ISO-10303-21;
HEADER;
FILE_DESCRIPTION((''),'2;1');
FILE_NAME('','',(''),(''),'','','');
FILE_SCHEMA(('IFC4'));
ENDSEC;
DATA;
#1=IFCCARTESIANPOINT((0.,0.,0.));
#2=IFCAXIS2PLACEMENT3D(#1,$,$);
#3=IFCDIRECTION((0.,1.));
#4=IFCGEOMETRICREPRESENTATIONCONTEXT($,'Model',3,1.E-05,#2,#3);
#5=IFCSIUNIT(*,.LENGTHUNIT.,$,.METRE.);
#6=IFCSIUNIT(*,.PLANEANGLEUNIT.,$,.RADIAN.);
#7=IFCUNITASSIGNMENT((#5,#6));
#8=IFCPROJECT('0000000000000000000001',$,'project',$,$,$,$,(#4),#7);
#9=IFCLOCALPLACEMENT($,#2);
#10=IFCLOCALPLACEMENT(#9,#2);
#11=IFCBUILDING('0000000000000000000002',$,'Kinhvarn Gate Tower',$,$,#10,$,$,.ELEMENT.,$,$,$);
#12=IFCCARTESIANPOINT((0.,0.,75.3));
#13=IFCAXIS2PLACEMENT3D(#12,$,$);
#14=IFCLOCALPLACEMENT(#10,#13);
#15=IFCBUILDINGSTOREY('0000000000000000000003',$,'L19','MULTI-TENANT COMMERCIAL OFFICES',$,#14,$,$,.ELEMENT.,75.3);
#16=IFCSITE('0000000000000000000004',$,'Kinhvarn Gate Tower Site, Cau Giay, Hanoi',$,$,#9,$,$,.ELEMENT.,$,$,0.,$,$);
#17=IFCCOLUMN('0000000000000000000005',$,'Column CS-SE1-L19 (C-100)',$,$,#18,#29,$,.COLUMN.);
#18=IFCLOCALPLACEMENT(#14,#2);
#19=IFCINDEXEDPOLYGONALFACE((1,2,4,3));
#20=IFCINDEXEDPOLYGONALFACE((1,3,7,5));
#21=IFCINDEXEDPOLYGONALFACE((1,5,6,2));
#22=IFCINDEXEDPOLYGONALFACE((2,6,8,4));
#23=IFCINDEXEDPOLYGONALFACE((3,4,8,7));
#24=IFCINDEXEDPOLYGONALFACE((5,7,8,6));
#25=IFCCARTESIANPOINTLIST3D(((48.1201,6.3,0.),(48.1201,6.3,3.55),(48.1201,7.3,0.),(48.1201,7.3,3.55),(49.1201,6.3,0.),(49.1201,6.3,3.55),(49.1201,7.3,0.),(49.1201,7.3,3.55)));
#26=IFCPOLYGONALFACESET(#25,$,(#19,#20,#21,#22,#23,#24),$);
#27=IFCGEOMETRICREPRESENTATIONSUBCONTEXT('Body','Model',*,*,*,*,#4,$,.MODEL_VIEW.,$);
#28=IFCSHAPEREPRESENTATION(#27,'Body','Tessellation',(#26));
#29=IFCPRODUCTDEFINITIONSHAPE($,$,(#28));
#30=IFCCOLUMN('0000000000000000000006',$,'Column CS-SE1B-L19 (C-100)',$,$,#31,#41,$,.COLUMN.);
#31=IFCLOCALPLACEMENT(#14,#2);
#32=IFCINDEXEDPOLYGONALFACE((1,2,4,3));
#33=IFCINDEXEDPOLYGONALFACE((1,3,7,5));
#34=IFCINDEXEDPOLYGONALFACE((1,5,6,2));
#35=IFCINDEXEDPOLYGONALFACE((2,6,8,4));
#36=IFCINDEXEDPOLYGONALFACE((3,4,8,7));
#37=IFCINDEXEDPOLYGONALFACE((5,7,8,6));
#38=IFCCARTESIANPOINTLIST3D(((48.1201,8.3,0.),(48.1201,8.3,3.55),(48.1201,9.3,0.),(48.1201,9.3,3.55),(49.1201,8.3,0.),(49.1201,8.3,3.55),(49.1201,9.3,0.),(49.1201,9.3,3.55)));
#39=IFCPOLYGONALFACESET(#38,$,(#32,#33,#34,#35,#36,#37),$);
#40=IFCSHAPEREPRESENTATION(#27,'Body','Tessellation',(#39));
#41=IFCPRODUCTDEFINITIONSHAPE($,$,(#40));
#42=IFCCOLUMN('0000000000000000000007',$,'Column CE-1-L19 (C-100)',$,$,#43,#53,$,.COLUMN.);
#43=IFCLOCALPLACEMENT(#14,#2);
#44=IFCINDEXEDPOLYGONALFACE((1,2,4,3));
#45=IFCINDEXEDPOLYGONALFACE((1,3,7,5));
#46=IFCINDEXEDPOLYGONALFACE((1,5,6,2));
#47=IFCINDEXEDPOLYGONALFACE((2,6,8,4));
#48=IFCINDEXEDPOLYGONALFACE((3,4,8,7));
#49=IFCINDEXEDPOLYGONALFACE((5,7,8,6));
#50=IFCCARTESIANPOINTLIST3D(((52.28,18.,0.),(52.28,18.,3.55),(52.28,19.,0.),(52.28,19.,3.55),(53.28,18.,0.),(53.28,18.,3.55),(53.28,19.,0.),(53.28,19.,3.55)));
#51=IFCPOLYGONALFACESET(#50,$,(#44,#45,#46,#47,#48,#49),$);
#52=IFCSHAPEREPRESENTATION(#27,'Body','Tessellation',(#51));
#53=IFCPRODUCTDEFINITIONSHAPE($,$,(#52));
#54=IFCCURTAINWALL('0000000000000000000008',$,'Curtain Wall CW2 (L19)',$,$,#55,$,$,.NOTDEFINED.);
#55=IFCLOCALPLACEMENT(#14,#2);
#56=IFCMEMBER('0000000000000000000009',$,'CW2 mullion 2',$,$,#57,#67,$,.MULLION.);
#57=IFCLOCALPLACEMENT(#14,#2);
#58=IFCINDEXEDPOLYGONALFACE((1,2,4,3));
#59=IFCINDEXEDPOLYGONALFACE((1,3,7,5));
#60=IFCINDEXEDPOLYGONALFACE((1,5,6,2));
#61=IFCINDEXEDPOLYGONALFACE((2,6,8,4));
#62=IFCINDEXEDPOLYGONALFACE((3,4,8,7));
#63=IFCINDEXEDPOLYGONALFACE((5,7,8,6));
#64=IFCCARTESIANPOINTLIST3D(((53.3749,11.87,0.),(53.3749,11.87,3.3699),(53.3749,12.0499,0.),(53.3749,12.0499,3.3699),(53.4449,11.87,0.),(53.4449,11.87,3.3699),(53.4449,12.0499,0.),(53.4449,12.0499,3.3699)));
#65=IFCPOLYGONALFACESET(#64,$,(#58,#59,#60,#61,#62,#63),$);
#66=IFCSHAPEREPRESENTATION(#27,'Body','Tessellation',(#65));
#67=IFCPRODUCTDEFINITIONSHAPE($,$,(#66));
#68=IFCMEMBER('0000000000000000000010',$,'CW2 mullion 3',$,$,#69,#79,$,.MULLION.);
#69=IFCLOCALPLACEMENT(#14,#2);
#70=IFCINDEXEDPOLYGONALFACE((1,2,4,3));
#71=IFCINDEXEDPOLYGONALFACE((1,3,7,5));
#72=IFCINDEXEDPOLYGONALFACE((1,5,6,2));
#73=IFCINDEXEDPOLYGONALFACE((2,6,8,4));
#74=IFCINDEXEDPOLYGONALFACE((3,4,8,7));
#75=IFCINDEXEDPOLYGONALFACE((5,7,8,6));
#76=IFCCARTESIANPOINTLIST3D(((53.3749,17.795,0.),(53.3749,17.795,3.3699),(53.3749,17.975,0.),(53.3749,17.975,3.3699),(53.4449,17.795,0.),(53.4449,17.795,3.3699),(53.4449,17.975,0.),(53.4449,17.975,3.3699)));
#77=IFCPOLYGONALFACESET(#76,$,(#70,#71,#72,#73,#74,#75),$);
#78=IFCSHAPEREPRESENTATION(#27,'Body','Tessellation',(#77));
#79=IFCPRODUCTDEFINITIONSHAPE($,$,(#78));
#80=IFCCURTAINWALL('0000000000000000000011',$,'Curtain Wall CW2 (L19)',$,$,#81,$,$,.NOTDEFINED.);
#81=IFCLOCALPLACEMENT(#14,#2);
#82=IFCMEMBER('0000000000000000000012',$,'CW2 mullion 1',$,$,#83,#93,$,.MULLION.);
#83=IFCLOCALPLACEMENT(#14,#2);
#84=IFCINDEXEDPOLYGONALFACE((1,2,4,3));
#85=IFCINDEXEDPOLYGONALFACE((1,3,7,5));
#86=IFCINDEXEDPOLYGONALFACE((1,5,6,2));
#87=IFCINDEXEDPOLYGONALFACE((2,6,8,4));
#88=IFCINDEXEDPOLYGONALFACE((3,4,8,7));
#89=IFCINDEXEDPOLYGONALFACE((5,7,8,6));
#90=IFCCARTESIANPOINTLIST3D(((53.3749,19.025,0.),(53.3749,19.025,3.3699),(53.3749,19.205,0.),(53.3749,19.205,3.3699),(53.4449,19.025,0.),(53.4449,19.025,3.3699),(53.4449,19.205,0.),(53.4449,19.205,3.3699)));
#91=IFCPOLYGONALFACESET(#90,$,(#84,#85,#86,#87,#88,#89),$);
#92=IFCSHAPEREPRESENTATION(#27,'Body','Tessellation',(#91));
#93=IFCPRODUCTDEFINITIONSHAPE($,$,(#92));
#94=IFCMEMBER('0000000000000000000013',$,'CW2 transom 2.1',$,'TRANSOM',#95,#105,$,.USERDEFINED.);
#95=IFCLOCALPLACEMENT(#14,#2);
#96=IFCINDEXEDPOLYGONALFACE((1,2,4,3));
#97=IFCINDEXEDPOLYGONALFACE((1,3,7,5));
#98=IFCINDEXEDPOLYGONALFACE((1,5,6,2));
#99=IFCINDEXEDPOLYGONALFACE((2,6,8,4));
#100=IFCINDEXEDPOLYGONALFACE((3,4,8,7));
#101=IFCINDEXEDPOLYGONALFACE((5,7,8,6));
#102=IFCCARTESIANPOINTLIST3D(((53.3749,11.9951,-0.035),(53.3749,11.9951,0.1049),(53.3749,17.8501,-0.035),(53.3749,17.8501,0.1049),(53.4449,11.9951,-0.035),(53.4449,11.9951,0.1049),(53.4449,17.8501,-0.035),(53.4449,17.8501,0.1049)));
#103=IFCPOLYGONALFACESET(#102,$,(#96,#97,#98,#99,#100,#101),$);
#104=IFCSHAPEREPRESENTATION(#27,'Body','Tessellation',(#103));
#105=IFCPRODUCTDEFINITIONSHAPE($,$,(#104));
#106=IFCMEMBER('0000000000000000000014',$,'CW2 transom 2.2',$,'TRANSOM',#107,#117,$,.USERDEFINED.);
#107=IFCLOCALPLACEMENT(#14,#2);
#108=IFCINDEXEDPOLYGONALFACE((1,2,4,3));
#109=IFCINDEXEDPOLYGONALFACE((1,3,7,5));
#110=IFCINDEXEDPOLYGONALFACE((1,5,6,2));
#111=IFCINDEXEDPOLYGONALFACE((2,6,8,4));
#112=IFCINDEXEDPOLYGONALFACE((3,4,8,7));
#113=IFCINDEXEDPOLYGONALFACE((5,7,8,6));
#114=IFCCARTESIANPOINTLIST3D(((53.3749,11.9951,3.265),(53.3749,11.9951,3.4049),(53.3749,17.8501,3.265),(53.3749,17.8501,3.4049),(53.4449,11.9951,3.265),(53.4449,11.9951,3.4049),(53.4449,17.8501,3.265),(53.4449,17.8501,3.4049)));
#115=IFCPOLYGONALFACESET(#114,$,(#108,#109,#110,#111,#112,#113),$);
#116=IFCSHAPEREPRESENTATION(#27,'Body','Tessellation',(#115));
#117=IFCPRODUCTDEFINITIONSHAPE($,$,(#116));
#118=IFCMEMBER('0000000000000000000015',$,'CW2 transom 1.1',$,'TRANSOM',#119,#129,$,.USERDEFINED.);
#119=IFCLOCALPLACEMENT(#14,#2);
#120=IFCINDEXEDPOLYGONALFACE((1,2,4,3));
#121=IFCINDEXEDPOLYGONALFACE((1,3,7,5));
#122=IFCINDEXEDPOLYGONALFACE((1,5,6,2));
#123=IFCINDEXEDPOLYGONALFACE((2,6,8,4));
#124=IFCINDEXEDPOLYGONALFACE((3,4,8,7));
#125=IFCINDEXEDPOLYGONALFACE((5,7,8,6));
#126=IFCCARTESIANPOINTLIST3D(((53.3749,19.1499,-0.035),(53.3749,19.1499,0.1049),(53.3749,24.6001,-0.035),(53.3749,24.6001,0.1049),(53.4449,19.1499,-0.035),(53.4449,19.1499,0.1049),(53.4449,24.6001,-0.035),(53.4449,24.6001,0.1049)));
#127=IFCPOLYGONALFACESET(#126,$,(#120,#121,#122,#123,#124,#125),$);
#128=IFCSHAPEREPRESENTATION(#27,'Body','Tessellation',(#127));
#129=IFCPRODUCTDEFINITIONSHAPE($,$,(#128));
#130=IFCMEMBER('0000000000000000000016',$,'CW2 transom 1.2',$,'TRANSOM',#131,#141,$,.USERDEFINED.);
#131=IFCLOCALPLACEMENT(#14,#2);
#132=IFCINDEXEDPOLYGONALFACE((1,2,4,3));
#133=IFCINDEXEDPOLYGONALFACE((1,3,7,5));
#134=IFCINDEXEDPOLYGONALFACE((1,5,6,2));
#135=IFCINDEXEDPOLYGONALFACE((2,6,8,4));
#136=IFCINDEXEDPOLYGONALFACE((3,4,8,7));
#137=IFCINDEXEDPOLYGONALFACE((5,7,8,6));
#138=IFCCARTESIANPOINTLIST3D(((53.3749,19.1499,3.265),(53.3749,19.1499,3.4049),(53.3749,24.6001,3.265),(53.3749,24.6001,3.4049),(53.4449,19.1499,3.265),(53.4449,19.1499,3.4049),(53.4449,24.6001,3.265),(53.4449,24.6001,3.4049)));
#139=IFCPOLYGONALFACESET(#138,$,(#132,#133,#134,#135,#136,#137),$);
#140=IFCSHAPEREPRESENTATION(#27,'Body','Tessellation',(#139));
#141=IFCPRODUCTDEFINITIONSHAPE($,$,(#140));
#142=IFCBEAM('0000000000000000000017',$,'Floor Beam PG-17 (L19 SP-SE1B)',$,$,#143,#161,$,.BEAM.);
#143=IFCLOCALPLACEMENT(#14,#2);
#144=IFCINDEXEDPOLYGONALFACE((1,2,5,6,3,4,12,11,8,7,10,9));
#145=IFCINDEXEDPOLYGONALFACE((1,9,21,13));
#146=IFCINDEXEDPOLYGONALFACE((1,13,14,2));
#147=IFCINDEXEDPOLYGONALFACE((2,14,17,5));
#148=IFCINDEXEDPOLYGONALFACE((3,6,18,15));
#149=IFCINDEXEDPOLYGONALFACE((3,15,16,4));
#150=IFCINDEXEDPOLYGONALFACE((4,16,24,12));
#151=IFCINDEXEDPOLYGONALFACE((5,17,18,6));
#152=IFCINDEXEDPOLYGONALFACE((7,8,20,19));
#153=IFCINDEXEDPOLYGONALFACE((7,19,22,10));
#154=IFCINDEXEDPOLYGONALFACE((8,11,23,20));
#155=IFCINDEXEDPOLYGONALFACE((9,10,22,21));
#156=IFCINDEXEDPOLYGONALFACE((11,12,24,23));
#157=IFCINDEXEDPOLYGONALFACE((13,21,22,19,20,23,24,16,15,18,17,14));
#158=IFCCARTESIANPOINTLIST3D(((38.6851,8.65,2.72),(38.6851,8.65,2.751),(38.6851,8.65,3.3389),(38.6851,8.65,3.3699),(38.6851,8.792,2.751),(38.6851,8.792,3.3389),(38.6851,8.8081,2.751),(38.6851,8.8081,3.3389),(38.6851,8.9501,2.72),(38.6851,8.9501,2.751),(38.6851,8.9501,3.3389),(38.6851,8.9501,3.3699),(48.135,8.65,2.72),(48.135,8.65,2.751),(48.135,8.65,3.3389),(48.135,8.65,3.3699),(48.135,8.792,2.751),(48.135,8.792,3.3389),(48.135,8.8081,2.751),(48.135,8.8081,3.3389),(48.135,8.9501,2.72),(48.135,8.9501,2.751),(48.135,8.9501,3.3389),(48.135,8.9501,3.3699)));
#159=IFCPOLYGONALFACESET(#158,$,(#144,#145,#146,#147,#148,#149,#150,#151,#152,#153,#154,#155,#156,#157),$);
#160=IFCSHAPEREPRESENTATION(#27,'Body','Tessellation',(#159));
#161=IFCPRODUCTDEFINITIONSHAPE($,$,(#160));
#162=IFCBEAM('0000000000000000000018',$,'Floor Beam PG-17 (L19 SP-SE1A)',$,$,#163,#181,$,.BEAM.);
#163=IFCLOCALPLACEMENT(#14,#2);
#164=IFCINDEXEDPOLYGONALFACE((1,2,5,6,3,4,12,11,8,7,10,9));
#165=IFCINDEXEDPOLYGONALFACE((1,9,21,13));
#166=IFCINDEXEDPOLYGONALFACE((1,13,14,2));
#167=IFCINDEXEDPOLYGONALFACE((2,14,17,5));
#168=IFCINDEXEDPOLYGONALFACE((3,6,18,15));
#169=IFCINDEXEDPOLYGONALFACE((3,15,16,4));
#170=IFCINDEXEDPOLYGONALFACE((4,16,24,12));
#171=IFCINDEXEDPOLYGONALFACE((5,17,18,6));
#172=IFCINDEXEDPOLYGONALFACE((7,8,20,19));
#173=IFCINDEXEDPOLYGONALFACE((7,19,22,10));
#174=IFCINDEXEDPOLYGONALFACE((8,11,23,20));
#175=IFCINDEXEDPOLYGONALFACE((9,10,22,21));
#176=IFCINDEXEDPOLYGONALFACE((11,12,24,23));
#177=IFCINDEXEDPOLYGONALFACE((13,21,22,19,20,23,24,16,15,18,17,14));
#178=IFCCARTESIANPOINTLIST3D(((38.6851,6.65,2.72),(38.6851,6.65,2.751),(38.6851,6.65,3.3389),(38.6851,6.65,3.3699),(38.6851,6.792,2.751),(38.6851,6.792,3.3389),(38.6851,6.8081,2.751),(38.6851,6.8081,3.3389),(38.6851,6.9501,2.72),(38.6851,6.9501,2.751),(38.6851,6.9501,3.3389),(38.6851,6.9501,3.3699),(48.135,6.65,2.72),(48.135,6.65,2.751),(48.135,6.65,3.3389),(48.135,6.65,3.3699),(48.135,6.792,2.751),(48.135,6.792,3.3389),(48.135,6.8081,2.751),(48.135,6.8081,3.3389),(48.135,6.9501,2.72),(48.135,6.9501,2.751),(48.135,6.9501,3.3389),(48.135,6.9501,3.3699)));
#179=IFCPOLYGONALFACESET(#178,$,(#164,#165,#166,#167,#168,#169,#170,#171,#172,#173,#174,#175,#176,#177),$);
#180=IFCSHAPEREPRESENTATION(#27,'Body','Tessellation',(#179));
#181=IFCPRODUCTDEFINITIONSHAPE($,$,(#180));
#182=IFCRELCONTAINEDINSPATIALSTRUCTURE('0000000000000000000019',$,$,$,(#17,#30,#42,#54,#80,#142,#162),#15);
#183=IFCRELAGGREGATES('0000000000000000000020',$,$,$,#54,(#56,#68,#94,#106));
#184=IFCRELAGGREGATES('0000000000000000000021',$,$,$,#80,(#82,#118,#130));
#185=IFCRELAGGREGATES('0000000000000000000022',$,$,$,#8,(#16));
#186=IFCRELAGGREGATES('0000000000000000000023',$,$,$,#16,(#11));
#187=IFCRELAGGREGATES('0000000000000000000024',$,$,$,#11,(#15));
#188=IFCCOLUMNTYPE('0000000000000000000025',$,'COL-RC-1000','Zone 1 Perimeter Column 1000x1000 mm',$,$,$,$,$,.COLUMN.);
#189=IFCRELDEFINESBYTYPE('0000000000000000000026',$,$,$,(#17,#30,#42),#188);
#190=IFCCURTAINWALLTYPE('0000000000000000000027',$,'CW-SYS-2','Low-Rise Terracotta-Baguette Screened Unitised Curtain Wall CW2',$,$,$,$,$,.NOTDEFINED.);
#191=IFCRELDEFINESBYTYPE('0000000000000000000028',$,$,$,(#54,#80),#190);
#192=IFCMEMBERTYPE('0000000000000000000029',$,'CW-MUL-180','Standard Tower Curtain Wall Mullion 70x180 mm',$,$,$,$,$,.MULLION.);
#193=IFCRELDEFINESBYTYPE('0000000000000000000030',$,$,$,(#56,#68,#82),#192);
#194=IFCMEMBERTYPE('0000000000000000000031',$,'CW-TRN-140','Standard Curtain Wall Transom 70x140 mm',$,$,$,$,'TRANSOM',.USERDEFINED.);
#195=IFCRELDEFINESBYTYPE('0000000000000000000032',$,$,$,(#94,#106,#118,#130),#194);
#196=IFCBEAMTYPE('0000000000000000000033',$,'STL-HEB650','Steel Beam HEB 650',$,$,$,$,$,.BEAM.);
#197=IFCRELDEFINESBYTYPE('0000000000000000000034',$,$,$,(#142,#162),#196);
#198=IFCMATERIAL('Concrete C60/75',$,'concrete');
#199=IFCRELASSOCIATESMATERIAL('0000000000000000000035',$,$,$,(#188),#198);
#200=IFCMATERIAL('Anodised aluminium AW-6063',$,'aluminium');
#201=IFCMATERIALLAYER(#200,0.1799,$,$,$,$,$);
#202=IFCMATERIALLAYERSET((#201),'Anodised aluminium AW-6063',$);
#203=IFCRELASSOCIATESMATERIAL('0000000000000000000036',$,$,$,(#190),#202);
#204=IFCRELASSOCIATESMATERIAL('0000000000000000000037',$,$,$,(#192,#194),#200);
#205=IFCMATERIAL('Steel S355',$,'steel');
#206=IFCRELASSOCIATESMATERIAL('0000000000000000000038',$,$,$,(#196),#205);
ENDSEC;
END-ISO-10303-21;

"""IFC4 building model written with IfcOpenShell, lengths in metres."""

from ifc_helpers import new_model, si_unit, direction, frame, origin, origin_2d, place, context, subcontext, project, spatial, rectangle, i_section, extrude, material, layer, layer_set, material_profile, profile_set, type_object, element, aggregate, save


model = new_model("IFC4")

# Units and contexts
model_context = context("Model", 3, precision=1e-05, world=origin(), true_north=direction((0.0, 1.0)))
body_context = subcontext(model_context, "Body", "Model", "MODEL_VIEW")
ifc_project = project(units=[si_unit("LENGTHUNIT", "METRE"), si_unit("PLANEANGLEUNIT", "RADIAN")], contexts=[model_context])

# Site, building, storey
site_placement = place(None, origin())
site = spatial("IfcSite", under=ifc_project, at=site_placement, Name="Kinhvarn Gate Tower Site, Cau Giay, Hanoi", CompositionType="ELEMENT", RefElevation=0.0)
building_placement = place(site_placement, origin())
building = spatial("IfcBuilding", under=site, at=building_placement, Name="Kinhvarn Gate Tower", CompositionType="ELEMENT")
storey_placement = place(building_placement, frame((0.0, 0.0, 75.3)))
storey = spatial("IfcBuildingStorey", under=building, at=storey_placement, Name="L19", Description="MULTI-TENANT COMMERCIAL OFFICES", CompositionType="ELEMENT", Elevation=75.3)

# Columns
ifc_material_1 = material(Name="Concrete C60/75", Category="concrete")
ifc_material_profile_1 = material_profile(ifc_material_1, rectangle(XDim=1.0, YDim=1.0, at=origin_2d()), Name="RC 1000x1000")
ifc_profile_set_1 = profile_set([ifc_material_profile_1], Name="Concrete C60/75")
column_type = type_object("IfcColumnType", Name="COL-RC-1000", Description="Zone 1 Perimeter Column 1000x1000 mm", PredefinedType="COLUMN", material=ifc_profile_set_1)
for number, where, z_axis, x_axis, name in (
    (1, (48.6201, 6.8, 0.0), (0.0, 0.0, 1.0), (1.0, 0.0, 0.0), "Column CS-SE1-L19 (C-100)"),
    (2, (48.6201, 8.8, 0.0), (0.0, 0.0, 1.0), (1.0, 0.0, 0.0), "Column CS-SE1B-L19 (C-100)"),
    (3, (52.78, 18.5, 0.0), (0.0, 0.0, 1.0), (1.0, 0.0, 0.0), "Column CE-1-L19 (C-100)"),
):
    element("IfcColumn", number, at=place(storey_placement, frame(where, z_axis=z_axis, x_axis=x_axis)), inside=storey, type_object=column_type, Name=name, PredefinedType="COLUMN", context=body_context, shape_type="SweptSolid", body=[
        extrude(rectangle(XDim=1.0, YDim=1.0, at=origin_2d()), origin(), (0.0, 0.0, 1.0), 3.55),
    ])

# Curtain wall, members
ifc_material_2 = material(Name="Anodised aluminium AW-6063", Category="aluminium")
ifc_layer_1 = layer(ifc_material_2, 0.1799)
ifc_layer_set_1 = layer_set([ifc_layer_1], Name="Anodised aluminium AW-6063")
curtain_wall_type = type_object("IfcCurtainWallType", Name="CW-SYS-2", Description="Low-Rise Terracotta-Baguette Screened Unitised Curtain Wall CW2", PredefinedType="NOTDEFINED", material=ifc_layer_set_1)
curtain_wall_1_placement = place(storey_placement, origin())
curtain_wall_1 = element("IfcCurtainWall", 4, at=curtain_wall_1_placement, inside=storey, type_object=curtain_wall_type, Name="Curtain Wall CW2 (L19)", PredefinedType="NOTDEFINED")
ifc_material_profile_2 = material_profile(ifc_material_2, rectangle(XDim=0.0701, YDim=0.1799, at=origin_2d()), Name="ALU 70x180")
ifc_profile_set_2 = profile_set([ifc_material_profile_2], Name="Anodised aluminium AW-6063")
member_type_1 = type_object("IfcMemberType", Name="CW-MUL-180", Description="Standard Tower Curtain Wall Mullion 70x180 mm", PredefinedType="MULLION", material=ifc_profile_set_2)
member_1_placement = place(storey_placement, frame((53.4099, 11.96, 0.0), z_axis=(0.0, 0.0, 1.0), x_axis=(-1.0, 0.0, 0.0)))
member_1 = element("IfcMember", 5, at=member_1_placement, type_object=member_type_1, Name="CW2 mullion 2", PredefinedType="MULLION", context=body_context, shape_type="SweptSolid", body=[
    extrude(rectangle(XDim=0.0701, YDim=0.1799, at=origin_2d()), origin(), (0.0, 0.0, 1.0), 3.3699),
])
member_2_placement = place(storey_placement, frame((53.4099, 17.885, 0.0), z_axis=(0.0, 0.0, 1.0), x_axis=(-1.0, 0.0, 0.0)))
member_2 = element("IfcMember", 6, at=member_2_placement, type_object=member_type_1, Name="CW2 mullion 3", PredefinedType="MULLION", context=body_context, shape_type="SweptSolid", body=[
    extrude(rectangle(XDim=0.0701, YDim=0.1799, at=origin_2d()), origin(), (0.0, 0.0, 1.0), 3.3699),
])

# Curtain wall, member
curtain_wall_2_placement = place(storey_placement, origin())
curtain_wall_2 = element("IfcCurtainWall", 7, at=curtain_wall_2_placement, inside=storey, type_object=curtain_wall_type, Name="Curtain Wall CW2 (L19)", PredefinedType="NOTDEFINED")
member_3_placement = place(storey_placement, frame((53.4099, 19.115, 0.0), z_axis=(0.0, 0.0, 1.0), x_axis=(-1.0, 0.0, 0.0)))
member_3 = element("IfcMember", 8, at=member_3_placement, type_object=member_type_1, Name="CW2 mullion 1", PredefinedType="MULLION", context=body_context, shape_type="SweptSolid", body=[
    extrude(rectangle(XDim=0.0701, YDim=0.1799, at=origin_2d()), origin(), (0.0, 0.0, 1.0), 3.3699),
])

# Members
ifc_material_profile_3 = material_profile(ifc_material_2, rectangle(XDim=0.0701, YDim=0.1399, at=origin_2d()), Name="ALU 70x140")
ifc_profile_set_3 = profile_set([ifc_material_profile_3], Name="Anodised aluminium AW-6063")
member_type_2 = type_object("IfcMemberType", Name="CW-TRN-140", Description="Standard Curtain Wall Transom 70x140 mm", ElementType="TRANSOM", PredefinedType="USERDEFINED", material=ifc_profile_set_3)
member_4_placement = place(storey_placement, frame((53.4099, 11.9951, 0.0349), z_axis=(0.0, 1.0, 0.0), x_axis=(-1.0, 0.0, 0.0)))
member_4 = element("IfcMember", 9, at=member_4_placement, type_object=member_type_2, Name="CW2 transom 2.1", ObjectType="TRANSOM", PredefinedType="USERDEFINED", context=body_context, shape_type="SweptSolid", body=[
    extrude(rectangle(XDim=0.0701, YDim=0.1399, at=origin_2d()), origin(), (0.0, 0.0, 1.0), 5.855),
])
member_5_placement = place(storey_placement, frame((53.4099, 11.9951, 3.335), z_axis=(0.0, 1.0, 0.0), x_axis=(-1.0, 0.0, 0.0)))
member_5 = element("IfcMember", 10, at=member_5_placement, type_object=member_type_2, Name="CW2 transom 2.2", ObjectType="TRANSOM", PredefinedType="USERDEFINED", context=body_context, shape_type="SweptSolid", body=[
    extrude(rectangle(XDim=0.0701, YDim=0.1399, at=origin_2d()), origin(), (0.0, 0.0, 1.0), 5.855),
])
member_6_placement = place(storey_placement, frame((53.4099, 19.1499, 0.0349), z_axis=(0.0, 1.0, 0.0), x_axis=(-1.0, 0.0, 0.0)))
member_6 = element("IfcMember", 11, at=member_6_placement, type_object=member_type_2, Name="CW2 transom 1.1", ObjectType="TRANSOM", PredefinedType="USERDEFINED", context=body_context, shape_type="SweptSolid", body=[
    extrude(rectangle(XDim=0.0701, YDim=0.1399, at=origin_2d()), origin(), (0.0, 0.0, 1.0), 5.4502),
])
member_7_placement = place(storey_placement, frame((53.4099, 19.1499, 3.335), z_axis=(0.0, 1.0, 0.0), x_axis=(-1.0, 0.0, 0.0)))
member_7 = element("IfcMember", 12, at=member_7_placement, type_object=member_type_2, Name="CW2 transom 1.2", ObjectType="TRANSOM", PredefinedType="USERDEFINED", context=body_context, shape_type="SweptSolid", body=[
    extrude(rectangle(XDim=0.0701, YDim=0.1399, at=origin_2d()), origin(), (0.0, 0.0, 1.0), 5.4502),
])

# Beams
ifc_material_3 = material(Name="Steel S355", Category="steel")
ifc_material_profile_4 = material_profile(ifc_material_3, i_section(OverallWidth=0.3, OverallDepth=0.6499, WebThickness=0.0161, FlangeThickness=0.031, at=origin_2d()), Name="HEB 650")
ifc_profile_set_4 = profile_set([ifc_material_profile_4], Name="Steel S355")
beam_type_1 = type_object("IfcBeamType", Name="STL-HEB650", Description="Steel Beam HEB 650", PredefinedType="BEAM", material=ifc_profile_set_4)
for number, where, z_axis, x_axis, name in (
    (13, (38.6851, 8.8, 3.0449), (1.0, 0.0, 0.0), (0.0, 1.0, 0.0), "Floor Beam PG-17 (L19 SP-SE1B)"),
    (14, (38.6851, 6.8, 3.0449), (1.0, 0.0, 0.0), (0.0, 1.0, 0.0), "Floor Beam PG-17 (L19 SP-SE1A)"),
):
    element("IfcBeam", number, at=place(storey_placement, frame(where, z_axis=z_axis, x_axis=x_axis)), inside=storey, type_object=beam_type_1, Name=name, PredefinedType="BEAM", context=body_context, shape_type="SweptSolid", body=[
        extrude(i_section(OverallWidth=0.3, OverallDepth=0.6499, WebThickness=0.0161, FlangeThickness=0.031, at=origin_2d()), origin(), (0.0, 0.0, 1.0), 9.45),
    ])

aggregate(curtain_wall_1, [member_1, member_2, member_4, member_5])
aggregate(curtain_wall_2, [member_3, member_6, member_7])

save(model, "model.ifc")
